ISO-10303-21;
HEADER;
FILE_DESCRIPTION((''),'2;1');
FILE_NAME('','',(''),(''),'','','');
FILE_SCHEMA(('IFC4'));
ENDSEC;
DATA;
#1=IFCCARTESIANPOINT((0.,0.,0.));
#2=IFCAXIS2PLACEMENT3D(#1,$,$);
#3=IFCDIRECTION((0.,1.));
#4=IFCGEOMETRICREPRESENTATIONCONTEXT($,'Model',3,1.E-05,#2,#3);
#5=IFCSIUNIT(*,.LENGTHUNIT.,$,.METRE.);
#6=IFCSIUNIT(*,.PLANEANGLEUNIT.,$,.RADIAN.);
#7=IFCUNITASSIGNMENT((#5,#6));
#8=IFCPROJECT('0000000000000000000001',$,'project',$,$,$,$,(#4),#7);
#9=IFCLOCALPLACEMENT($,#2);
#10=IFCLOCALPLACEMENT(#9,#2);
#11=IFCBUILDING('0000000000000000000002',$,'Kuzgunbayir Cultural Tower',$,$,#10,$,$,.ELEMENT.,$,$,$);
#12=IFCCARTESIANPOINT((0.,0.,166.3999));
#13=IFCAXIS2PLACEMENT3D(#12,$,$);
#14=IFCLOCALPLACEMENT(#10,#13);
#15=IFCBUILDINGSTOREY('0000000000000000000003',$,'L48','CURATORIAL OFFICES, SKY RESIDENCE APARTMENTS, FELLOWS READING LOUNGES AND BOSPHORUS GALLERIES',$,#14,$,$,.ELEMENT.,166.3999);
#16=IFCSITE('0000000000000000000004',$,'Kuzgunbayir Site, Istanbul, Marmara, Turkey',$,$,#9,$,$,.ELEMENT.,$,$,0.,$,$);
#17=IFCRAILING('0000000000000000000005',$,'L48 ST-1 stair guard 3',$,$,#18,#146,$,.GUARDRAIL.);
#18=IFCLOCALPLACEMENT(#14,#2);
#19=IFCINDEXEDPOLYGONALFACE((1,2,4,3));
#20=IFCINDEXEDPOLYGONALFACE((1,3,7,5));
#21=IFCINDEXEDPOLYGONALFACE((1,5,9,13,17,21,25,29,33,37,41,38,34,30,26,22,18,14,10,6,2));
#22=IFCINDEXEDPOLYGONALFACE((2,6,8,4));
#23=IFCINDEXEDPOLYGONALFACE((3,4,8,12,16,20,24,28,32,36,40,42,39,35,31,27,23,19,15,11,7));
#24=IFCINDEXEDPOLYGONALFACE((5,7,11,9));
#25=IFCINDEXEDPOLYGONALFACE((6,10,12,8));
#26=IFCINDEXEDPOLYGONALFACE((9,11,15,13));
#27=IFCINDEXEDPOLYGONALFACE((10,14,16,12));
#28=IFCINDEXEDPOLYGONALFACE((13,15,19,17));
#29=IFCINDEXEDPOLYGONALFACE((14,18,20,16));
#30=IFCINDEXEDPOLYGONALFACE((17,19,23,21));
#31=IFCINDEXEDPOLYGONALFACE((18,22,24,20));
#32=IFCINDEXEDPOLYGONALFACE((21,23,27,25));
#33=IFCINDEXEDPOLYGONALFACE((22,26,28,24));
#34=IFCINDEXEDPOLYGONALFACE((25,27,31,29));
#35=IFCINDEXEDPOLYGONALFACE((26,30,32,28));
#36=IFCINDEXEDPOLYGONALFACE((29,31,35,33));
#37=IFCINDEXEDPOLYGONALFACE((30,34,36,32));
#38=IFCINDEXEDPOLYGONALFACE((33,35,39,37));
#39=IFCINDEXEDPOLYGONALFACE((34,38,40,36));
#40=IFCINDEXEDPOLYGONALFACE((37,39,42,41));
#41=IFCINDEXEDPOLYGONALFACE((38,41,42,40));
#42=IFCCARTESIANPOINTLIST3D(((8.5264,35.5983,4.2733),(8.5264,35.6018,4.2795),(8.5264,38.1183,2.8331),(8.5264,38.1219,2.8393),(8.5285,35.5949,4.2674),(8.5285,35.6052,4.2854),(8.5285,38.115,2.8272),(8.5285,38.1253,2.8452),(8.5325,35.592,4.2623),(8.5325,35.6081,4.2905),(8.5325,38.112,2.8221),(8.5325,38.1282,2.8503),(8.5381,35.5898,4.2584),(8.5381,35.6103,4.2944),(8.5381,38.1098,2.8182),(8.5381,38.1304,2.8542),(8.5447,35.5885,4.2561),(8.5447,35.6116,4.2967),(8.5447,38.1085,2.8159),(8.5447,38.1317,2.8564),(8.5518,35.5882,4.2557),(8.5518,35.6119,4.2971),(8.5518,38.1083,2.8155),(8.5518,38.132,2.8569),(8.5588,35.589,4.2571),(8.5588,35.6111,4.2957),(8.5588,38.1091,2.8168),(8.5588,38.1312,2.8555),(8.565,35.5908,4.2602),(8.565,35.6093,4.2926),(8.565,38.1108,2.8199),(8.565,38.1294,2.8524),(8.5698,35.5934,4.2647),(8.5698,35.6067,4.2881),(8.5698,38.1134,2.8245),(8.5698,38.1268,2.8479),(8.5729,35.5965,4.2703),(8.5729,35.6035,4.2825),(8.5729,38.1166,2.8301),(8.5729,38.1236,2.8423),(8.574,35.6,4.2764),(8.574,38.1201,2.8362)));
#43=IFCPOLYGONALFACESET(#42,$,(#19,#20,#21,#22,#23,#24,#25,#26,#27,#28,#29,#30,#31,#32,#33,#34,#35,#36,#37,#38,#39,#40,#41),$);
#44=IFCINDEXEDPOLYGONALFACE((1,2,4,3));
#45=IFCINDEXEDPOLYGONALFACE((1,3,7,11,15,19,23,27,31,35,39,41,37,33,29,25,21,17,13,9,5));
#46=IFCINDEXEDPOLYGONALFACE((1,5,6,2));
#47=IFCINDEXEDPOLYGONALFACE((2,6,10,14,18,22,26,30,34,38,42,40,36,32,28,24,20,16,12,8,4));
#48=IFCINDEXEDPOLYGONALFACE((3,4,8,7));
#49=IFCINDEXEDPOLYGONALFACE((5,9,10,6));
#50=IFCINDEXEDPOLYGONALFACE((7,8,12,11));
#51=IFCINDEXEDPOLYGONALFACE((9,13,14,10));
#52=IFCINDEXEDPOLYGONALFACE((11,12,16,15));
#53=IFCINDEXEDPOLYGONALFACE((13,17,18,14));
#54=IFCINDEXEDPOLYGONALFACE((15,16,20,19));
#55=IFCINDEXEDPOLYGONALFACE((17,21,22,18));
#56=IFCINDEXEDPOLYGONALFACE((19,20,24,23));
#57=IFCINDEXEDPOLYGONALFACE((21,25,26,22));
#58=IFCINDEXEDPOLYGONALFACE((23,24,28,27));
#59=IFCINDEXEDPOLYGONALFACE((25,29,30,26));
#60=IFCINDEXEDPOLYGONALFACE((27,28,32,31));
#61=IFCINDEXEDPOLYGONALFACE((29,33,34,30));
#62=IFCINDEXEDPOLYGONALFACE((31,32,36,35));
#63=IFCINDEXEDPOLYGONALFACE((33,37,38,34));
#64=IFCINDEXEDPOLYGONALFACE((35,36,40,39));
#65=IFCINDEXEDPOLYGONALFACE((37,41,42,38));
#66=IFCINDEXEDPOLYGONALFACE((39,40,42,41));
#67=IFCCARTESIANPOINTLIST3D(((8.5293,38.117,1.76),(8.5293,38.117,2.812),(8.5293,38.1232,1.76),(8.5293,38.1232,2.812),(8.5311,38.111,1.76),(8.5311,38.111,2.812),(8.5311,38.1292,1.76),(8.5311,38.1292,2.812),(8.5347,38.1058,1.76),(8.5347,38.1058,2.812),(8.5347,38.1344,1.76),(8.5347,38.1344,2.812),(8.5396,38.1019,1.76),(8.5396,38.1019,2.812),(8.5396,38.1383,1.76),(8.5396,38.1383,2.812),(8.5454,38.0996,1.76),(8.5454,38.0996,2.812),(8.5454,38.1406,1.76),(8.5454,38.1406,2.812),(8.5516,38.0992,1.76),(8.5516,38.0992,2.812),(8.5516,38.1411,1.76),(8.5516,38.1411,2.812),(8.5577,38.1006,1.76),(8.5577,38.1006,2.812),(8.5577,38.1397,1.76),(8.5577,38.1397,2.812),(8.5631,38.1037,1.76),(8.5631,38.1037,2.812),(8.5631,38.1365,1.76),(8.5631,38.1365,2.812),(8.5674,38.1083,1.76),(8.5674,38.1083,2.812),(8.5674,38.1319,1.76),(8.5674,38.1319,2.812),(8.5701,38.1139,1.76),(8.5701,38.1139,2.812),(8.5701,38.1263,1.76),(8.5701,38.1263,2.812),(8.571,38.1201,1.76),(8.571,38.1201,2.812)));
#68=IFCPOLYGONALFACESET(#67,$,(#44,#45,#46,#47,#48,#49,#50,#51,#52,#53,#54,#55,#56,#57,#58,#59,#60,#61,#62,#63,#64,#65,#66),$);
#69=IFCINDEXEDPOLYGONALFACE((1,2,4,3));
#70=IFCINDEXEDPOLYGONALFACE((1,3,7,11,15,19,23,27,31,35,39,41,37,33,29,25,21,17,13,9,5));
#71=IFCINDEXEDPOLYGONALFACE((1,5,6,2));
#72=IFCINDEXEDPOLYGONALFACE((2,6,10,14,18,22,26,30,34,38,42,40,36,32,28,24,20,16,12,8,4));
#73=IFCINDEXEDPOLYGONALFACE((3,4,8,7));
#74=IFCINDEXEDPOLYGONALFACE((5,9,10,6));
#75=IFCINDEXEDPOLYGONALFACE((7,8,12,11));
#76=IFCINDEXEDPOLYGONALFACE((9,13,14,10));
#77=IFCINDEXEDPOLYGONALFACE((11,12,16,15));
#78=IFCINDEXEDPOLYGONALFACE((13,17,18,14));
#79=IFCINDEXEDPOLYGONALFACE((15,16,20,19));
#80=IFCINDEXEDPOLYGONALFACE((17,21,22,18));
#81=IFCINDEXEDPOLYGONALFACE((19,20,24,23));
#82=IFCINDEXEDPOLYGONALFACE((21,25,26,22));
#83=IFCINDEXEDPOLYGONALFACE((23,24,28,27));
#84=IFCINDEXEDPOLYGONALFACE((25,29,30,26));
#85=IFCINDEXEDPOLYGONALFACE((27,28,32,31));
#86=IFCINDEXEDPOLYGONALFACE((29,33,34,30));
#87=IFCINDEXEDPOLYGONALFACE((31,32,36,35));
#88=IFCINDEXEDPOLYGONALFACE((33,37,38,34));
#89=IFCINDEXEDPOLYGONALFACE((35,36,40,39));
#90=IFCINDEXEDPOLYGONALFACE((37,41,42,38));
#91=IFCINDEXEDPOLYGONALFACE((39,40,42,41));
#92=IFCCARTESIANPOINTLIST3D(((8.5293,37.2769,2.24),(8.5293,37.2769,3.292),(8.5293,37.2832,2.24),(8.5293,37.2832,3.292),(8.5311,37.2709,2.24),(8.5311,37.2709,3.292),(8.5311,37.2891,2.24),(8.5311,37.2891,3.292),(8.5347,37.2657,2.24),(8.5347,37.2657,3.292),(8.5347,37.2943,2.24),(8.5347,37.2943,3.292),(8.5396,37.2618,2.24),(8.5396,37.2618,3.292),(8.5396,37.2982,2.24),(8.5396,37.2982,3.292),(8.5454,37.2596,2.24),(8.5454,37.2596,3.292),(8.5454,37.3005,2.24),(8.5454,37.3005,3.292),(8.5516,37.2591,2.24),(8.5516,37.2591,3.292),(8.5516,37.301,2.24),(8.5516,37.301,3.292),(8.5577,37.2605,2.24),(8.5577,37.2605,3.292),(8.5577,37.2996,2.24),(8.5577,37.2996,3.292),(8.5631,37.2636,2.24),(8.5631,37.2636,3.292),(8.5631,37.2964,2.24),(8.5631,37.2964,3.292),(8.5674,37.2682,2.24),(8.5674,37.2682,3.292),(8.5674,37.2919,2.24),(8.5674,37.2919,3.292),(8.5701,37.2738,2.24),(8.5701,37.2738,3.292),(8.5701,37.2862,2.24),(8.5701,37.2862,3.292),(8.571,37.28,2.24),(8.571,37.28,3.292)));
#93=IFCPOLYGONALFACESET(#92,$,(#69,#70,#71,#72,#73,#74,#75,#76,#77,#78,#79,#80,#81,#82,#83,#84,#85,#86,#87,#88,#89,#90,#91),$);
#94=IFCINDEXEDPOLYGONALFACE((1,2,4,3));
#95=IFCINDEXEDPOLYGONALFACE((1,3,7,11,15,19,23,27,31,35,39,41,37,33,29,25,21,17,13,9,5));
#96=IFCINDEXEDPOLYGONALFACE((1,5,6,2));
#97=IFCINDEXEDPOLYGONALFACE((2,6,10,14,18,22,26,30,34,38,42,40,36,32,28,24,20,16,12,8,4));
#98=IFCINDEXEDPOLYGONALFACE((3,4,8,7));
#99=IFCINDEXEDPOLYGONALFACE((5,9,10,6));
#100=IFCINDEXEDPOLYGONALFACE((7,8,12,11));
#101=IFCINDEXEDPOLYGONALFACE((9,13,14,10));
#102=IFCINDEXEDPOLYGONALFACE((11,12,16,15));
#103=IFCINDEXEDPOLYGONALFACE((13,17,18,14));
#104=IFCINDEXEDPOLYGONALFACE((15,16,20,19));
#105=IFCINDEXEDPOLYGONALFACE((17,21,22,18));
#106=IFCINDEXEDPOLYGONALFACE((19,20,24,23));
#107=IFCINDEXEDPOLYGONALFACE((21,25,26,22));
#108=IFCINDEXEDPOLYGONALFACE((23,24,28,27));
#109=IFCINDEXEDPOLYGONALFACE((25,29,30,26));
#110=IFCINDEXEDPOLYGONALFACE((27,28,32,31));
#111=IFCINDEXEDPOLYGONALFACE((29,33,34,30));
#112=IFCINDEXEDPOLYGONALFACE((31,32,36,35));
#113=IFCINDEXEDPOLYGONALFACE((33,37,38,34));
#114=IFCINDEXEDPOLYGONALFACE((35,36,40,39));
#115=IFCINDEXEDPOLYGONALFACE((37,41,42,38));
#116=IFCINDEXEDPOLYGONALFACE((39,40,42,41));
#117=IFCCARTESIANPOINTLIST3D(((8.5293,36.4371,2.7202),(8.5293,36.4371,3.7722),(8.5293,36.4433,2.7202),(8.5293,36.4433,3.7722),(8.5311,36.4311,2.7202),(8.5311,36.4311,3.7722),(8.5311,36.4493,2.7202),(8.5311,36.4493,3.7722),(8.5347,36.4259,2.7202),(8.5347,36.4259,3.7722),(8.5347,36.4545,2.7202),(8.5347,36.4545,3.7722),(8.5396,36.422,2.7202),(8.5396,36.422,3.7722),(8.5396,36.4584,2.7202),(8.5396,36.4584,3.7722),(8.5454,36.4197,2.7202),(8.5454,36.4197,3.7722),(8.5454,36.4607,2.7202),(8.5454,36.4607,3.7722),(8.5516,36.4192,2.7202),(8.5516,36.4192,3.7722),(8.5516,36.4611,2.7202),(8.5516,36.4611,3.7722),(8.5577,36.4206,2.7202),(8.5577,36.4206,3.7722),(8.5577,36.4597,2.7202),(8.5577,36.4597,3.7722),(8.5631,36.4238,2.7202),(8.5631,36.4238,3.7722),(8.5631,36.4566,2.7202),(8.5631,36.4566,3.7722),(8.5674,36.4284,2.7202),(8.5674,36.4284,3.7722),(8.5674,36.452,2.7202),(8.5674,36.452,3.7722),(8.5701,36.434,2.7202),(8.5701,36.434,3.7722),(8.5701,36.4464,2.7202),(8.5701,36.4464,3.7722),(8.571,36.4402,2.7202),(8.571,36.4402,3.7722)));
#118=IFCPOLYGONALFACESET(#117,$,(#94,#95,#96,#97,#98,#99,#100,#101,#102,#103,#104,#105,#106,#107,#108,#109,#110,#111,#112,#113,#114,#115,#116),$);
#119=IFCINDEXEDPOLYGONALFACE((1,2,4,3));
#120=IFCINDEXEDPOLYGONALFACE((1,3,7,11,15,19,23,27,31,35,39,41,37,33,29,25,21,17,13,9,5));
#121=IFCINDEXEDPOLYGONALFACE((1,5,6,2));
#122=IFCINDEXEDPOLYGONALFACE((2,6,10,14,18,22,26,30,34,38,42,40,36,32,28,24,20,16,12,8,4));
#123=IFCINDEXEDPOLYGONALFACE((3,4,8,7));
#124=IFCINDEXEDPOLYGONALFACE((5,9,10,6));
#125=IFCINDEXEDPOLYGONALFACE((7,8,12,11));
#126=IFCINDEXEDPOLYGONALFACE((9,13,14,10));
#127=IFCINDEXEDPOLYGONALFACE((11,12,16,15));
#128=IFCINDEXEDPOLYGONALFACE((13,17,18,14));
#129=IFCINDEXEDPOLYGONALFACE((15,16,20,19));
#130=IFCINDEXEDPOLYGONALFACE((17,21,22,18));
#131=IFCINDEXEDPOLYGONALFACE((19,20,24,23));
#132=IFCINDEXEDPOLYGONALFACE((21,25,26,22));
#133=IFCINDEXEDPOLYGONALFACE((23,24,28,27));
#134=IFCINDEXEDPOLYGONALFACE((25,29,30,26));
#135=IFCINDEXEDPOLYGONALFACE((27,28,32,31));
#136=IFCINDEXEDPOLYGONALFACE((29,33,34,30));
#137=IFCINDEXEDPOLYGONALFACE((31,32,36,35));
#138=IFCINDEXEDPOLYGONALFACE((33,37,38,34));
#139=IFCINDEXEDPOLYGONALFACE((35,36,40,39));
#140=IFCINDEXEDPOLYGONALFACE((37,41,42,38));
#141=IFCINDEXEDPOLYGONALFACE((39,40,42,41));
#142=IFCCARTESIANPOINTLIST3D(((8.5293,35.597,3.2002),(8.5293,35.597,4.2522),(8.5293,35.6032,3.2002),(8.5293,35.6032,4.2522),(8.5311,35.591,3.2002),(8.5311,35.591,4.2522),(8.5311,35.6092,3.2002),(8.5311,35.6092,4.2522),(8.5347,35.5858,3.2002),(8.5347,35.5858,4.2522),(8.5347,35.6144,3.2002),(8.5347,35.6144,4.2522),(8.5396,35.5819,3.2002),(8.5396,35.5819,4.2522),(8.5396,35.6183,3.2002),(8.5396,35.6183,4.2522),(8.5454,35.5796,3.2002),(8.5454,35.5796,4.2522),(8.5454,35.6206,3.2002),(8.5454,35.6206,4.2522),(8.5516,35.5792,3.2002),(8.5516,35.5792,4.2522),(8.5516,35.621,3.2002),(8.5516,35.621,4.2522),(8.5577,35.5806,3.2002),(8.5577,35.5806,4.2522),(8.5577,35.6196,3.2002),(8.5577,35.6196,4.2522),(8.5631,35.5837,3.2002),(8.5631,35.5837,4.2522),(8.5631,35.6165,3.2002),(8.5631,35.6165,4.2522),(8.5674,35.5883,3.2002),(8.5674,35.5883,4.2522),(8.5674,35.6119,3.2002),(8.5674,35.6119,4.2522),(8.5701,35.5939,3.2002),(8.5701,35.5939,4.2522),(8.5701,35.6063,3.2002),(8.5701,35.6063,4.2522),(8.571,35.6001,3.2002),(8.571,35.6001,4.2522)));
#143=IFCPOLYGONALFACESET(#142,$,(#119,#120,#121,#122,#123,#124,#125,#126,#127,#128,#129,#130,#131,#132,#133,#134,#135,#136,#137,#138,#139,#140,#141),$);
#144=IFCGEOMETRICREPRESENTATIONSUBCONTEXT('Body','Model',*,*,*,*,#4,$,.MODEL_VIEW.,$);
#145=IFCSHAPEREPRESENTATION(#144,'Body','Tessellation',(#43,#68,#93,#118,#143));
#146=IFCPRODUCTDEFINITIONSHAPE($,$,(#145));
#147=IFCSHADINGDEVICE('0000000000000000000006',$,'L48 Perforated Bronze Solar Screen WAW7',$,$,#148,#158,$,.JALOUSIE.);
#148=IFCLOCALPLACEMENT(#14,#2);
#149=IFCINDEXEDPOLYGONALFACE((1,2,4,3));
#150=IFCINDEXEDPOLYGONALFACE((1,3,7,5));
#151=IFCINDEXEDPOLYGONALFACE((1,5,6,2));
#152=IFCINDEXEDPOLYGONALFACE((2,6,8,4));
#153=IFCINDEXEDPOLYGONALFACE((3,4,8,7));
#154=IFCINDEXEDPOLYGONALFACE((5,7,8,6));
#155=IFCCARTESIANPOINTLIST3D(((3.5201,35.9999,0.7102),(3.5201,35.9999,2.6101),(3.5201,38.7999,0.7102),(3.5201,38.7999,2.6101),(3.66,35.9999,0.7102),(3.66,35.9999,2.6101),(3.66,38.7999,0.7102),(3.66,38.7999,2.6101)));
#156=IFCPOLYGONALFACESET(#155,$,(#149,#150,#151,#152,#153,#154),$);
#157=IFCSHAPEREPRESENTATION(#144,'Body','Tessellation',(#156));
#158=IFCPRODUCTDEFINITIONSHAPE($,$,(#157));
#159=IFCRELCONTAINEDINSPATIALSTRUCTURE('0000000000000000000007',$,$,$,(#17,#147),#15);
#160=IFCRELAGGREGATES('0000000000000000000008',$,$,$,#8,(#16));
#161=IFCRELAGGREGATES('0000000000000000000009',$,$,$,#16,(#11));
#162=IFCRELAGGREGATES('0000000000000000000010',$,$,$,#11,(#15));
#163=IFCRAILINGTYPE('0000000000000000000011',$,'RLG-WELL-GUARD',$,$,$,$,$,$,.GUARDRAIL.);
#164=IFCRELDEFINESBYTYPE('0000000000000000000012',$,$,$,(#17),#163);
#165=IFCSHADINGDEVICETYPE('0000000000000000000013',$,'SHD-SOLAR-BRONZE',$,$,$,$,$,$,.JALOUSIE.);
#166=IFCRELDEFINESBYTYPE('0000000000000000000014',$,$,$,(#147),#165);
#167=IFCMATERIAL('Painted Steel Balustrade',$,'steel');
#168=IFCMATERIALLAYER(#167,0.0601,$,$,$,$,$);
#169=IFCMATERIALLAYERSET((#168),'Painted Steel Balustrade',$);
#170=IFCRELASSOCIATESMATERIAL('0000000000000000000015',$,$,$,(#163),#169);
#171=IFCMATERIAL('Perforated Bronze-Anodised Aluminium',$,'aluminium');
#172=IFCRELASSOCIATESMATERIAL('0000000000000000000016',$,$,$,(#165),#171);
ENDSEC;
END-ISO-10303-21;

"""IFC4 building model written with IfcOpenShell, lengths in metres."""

from ifc_helpers import new_model, si_unit, direction, frame, origin, origin_2d, place, context, subcontext, project, spatial, rectangle, circle, extrude, material, layer, layer_set, type_object, element, save


model = new_model("IFC4")

# Units and contexts
model_context = context("Model", 3, precision=1e-05, world=origin(), true_north=direction((0.0, 1.0)))
body_context = subcontext(model_context, "Body", "Model", "MODEL_VIEW")
ifc_project = project(units=[si_unit("LENGTHUNIT", "METRE"), si_unit("PLANEANGLEUNIT", "RADIAN")], contexts=[model_context])

# Site, building, storey
site_placement = place(None, origin())
site = spatial("IfcSite", under=ifc_project, at=site_placement, Name="Kuzgunbayir Site, Istanbul, Marmara, Turkey", CompositionType="ELEMENT", RefElevation=0.0)
building_placement = place(site_placement, origin())
building = spatial("IfcBuilding", under=site, at=building_placement, Name="Kuzgunbayir Cultural Tower", CompositionType="ELEMENT")
storey_placement = place(building_placement, frame((0.0, 0.0, 166.3999)))
storey = spatial("IfcBuildingStorey", under=building, at=storey_placement, Name="L48", Description="CURATORIAL OFFICES, SKY RESIDENCE APARTMENTS, FELLOWS READING LOUNGES AND BOSPHORUS GALLERIES", CompositionType="ELEMENT", Elevation=166.3999)

# Shared definitions
ifc_material_1 = material(Name="Perforated Bronze-Anodised Aluminium", Category="aluminium")

# Railing
ifc_material_2 = material(Name="Painted Steel Balustrade", Category="steel")
ifc_layer_1 = layer(ifc_material_2, 0.0601)
ifc_layer_set_1 = layer_set([ifc_layer_1], Name="Painted Steel Balustrade")
railing_type_1 = type_object("IfcRailingType", Name="RLG-WELL-GUARD", PredefinedType="GUARDRAIL", material=ifc_layer_set_1)
railing_1_placement = place(storey_placement, frame((8.55, 38.1201, 1.76)))
element("IfcRailing", 1, at=railing_1_placement, inside=storey, type_object=railing_type_1, Name="L48 ST-1 stair guard 3", PredefinedType="GUARDRAIL", context=body_context, shape_type="SweptSolid", body=[
    extrude(circle(Radius=0.0239, at=origin_2d()), frame((0.0, 0.0, 1.0762), z_axis=(0.0, -0.868217, 0.496184), x_axis=(1.0, 0.0, 0.0)), (0.0, 0.0, 1.0), 2.9026),
    extrude(circle(Radius=0.021, at=origin_2d()), origin(), (0.0, 0.0, 1.0), 1.052),
    extrude(circle(Radius=0.021, at=origin_2d()), frame((0.0, -0.8401, 0.48)), (0.0, 0.0, 1.0), 1.052),
    extrude(circle(Radius=0.021, at=origin_2d()), frame((0.0, -1.6799, 0.9602)), (0.0, 0.0, 1.0), 1.052),
    extrude(circle(Radius=0.021, at=origin_2d()), frame((0.0, -2.52, 1.4402)), (0.0, 0.0, 1.0), 1.052),
])

# Shading device
shading_device_type = type_object("IfcShadingDeviceType", Name="SHD-SOLAR-BRONZE", PredefinedType="JALOUSIE", material=ifc_material_1)
shading_device_placement = place(storey_placement, frame((3.5901, 37.3999, 0.7102), z_axis=(0.0, 0.0, 1.0), x_axis=(1.0, 0.0, 0.0)))
element("IfcShadingDevice", 2, at=shading_device_placement, inside=storey, type_object=shading_device_type, Name="L48 Perforated Bronze Solar Screen WAW7", PredefinedType="JALOUSIE", context=body_context, shape_type="SweptSolid", body=[
    extrude(rectangle(XDim=0.1399, YDim=2.8, at=origin_2d()), origin(), (0.0, 0.0, 1.0), 1.8999),
])

save(model, "model.ifc")
